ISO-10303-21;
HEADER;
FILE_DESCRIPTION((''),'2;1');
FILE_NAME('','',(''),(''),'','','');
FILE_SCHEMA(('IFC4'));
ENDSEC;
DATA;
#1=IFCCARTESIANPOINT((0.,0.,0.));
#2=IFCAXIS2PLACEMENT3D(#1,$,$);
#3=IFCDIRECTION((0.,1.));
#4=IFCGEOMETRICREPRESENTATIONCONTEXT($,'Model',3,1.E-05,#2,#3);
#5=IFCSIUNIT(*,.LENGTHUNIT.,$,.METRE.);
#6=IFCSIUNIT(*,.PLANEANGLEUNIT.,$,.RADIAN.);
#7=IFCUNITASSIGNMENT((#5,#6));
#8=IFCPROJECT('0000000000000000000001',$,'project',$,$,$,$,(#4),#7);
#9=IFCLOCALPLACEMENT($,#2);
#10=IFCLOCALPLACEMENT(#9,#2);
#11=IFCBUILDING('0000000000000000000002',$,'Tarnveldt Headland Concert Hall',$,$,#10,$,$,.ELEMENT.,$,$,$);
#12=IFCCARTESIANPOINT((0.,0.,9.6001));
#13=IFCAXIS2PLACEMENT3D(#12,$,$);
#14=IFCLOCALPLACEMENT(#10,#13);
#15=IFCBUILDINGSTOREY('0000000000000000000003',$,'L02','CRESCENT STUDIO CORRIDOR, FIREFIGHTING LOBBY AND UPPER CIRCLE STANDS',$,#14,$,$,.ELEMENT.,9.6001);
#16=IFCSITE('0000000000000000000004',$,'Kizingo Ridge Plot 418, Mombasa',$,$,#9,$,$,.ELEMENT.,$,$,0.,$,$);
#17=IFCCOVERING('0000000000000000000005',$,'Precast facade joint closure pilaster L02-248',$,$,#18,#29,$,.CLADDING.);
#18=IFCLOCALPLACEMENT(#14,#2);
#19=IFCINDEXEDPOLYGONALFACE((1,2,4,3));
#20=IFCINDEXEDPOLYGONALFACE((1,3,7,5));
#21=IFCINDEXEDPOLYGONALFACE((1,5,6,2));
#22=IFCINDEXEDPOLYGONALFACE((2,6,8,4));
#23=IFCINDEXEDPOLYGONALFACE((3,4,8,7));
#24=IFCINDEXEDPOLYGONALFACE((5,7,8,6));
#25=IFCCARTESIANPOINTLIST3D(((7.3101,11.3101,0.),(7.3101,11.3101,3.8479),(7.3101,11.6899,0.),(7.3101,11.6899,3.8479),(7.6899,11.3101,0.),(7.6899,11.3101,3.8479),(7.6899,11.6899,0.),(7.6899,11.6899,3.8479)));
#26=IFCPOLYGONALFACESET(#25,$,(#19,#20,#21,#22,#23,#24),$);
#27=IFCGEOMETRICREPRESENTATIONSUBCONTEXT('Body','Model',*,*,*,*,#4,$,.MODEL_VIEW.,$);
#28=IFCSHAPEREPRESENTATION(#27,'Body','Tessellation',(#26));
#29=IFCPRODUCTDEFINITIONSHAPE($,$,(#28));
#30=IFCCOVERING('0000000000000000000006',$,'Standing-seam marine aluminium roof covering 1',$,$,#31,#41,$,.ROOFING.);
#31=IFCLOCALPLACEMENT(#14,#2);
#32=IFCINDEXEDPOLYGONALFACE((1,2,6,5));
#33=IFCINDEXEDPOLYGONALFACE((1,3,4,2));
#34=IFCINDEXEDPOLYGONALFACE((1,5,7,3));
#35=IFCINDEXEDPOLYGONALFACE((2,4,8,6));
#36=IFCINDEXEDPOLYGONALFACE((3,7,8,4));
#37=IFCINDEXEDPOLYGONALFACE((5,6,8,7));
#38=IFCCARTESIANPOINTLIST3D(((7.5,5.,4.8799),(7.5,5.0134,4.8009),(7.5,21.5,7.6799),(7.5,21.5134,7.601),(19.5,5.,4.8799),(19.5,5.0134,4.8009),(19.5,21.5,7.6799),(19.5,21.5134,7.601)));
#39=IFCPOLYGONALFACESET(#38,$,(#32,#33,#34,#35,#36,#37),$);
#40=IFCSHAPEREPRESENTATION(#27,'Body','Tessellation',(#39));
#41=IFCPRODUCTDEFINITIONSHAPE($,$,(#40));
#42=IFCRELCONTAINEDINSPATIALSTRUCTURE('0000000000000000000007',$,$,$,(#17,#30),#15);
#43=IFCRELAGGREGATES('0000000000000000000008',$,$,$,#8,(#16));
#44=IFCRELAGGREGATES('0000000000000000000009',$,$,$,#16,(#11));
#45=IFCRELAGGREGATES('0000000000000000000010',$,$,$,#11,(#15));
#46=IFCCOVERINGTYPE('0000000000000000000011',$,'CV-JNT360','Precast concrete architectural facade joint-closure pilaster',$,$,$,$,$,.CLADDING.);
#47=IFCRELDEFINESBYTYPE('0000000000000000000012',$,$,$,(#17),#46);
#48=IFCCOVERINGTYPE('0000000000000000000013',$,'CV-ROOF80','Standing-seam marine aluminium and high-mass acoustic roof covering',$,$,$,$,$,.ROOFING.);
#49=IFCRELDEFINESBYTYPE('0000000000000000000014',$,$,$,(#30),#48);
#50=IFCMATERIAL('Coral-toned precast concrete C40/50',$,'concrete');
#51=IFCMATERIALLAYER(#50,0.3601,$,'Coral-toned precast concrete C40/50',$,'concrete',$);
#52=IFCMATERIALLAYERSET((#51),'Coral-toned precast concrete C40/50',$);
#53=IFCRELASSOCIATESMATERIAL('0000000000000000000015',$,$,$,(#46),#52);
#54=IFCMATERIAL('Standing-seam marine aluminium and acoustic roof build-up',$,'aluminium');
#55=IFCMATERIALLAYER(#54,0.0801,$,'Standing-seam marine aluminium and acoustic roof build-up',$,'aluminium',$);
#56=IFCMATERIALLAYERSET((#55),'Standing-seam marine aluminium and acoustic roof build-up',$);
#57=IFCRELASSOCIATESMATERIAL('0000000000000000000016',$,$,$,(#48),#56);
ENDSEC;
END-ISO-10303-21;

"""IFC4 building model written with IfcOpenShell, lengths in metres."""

from ifc_helpers import new_model, si_unit, direction, frame, origin, origin_2d, place, context, subcontext, project, spatial, polyline, rectangle, outline, extrude, material, layer, layer_set, type_object, element, save


model = new_model("IFC4")

# Units and contexts
model_context = context("Model", 3, precision=1e-05, world=origin(), true_north=direction((0.0, 1.0)))
body_context = subcontext(model_context, "Body", "Model", "MODEL_VIEW")
ifc_project = project(units=[si_unit("LENGTHUNIT", "METRE"), si_unit("PLANEANGLEUNIT", "RADIAN")], contexts=[model_context])

# Site, building, storey
site_placement = place(None, origin())
site = spatial("IfcSite", under=ifc_project, at=site_placement, Name="Kizingo Ridge Plot 418, Mombasa", CompositionType="ELEMENT", RefElevation=0.0)
building_placement = place(site_placement, origin())
building = spatial("IfcBuilding", under=site, at=building_placement, Name="Tarnveldt Headland Concert Hall", CompositionType="ELEMENT")
storey_placement = place(building_placement, frame((0.0, 0.0, 9.6001)))
storey = spatial("IfcBuildingStorey", under=building, at=storey_placement, Name="L02", Description="CRESCENT STUDIO CORRIDOR, FIREFIGHTING LOBBY AND UPPER CIRCLE STANDS", CompositionType="ELEMENT", Elevation=9.6001)

# Shared definitions
ifc_material_1 = material(Name="Coral-toned precast concrete C40/50", Category="concrete")

# Coverings
ifc_layer_1 = layer(ifc_material_1, 0.3601, Name="Coral-toned precast concrete C40/50", Category="concrete")
ifc_layer_set_1 = layer_set([ifc_layer_1], Name="Coral-toned precast concrete C40/50")
covering_type_1 = type_object("IfcCoveringType", Name="CV-JNT360", Description="Precast concrete architectural facade joint-closure pilaster", PredefinedType="CLADDING", material=ifc_layer_set_1)
for number, where, z_axis, x_axis, name in (
    (1, (7.5, 11.5, 0.0), (0.0, 0.0, 1.0), (0.0, 1.0, 0.0), "Precast facade joint closure pilaster L02-248"),
):
    element("IfcCovering", number, at=place(storey_placement, frame(where, z_axis=z_axis, x_axis=x_axis)), inside=storey, type_object=covering_type_1, Name=name, PredefinedType="CLADDING", context=body_context, shape_type="SweptSolid", body=[
        extrude(rectangle(XDim=0.3799, YDim=0.3799, at=origin_2d()), origin(), (0.0, 0.0, 1.0), 3.8479),
    ])
ifc_material_2 = material(Name="Standing-seam marine aluminium and acoustic roof build-up", Category="aluminium")
ifc_layer_2 = layer(ifc_material_2, 0.0801, Name="Standing-seam marine aluminium and acoustic roof build-up", Category="aluminium")
ifc_layer_set_2 = layer_set([ifc_layer_2], Name="Standing-seam marine aluminium and acoustic roof build-up")
covering_type_2 = type_object("IfcCoveringType", Name="CV-ROOF80", Description="Standing-seam marine aluminium and high-mass acoustic roof covering", PredefinedType="ROOFING", material=ifc_layer_set_2)
covering_1_placement = place(storey_placement, frame((7.5, 5.0, 4.8799), z_axis=(0.0, -0.167308, 0.985905), x_axis=(1.0, 0.0, 0.0)))
element("IfcCovering", 2, at=covering_1_placement, inside=storey, type_object=covering_type_2, Name="Standing-seam marine aluminium roof covering 1", PredefinedType="ROOFING", context=body_context, shape_type="SweptSolid", body=[
    extrude(outline(polyline([(0.0, 0.0), (12.0, 0.0), (12.0, 16.7359), (0.0, 16.7359), (0.0, 0.0)])), origin(), (0.0, 0.0, -1.0), 0.0801),
])

save(model, "model.ifc")
